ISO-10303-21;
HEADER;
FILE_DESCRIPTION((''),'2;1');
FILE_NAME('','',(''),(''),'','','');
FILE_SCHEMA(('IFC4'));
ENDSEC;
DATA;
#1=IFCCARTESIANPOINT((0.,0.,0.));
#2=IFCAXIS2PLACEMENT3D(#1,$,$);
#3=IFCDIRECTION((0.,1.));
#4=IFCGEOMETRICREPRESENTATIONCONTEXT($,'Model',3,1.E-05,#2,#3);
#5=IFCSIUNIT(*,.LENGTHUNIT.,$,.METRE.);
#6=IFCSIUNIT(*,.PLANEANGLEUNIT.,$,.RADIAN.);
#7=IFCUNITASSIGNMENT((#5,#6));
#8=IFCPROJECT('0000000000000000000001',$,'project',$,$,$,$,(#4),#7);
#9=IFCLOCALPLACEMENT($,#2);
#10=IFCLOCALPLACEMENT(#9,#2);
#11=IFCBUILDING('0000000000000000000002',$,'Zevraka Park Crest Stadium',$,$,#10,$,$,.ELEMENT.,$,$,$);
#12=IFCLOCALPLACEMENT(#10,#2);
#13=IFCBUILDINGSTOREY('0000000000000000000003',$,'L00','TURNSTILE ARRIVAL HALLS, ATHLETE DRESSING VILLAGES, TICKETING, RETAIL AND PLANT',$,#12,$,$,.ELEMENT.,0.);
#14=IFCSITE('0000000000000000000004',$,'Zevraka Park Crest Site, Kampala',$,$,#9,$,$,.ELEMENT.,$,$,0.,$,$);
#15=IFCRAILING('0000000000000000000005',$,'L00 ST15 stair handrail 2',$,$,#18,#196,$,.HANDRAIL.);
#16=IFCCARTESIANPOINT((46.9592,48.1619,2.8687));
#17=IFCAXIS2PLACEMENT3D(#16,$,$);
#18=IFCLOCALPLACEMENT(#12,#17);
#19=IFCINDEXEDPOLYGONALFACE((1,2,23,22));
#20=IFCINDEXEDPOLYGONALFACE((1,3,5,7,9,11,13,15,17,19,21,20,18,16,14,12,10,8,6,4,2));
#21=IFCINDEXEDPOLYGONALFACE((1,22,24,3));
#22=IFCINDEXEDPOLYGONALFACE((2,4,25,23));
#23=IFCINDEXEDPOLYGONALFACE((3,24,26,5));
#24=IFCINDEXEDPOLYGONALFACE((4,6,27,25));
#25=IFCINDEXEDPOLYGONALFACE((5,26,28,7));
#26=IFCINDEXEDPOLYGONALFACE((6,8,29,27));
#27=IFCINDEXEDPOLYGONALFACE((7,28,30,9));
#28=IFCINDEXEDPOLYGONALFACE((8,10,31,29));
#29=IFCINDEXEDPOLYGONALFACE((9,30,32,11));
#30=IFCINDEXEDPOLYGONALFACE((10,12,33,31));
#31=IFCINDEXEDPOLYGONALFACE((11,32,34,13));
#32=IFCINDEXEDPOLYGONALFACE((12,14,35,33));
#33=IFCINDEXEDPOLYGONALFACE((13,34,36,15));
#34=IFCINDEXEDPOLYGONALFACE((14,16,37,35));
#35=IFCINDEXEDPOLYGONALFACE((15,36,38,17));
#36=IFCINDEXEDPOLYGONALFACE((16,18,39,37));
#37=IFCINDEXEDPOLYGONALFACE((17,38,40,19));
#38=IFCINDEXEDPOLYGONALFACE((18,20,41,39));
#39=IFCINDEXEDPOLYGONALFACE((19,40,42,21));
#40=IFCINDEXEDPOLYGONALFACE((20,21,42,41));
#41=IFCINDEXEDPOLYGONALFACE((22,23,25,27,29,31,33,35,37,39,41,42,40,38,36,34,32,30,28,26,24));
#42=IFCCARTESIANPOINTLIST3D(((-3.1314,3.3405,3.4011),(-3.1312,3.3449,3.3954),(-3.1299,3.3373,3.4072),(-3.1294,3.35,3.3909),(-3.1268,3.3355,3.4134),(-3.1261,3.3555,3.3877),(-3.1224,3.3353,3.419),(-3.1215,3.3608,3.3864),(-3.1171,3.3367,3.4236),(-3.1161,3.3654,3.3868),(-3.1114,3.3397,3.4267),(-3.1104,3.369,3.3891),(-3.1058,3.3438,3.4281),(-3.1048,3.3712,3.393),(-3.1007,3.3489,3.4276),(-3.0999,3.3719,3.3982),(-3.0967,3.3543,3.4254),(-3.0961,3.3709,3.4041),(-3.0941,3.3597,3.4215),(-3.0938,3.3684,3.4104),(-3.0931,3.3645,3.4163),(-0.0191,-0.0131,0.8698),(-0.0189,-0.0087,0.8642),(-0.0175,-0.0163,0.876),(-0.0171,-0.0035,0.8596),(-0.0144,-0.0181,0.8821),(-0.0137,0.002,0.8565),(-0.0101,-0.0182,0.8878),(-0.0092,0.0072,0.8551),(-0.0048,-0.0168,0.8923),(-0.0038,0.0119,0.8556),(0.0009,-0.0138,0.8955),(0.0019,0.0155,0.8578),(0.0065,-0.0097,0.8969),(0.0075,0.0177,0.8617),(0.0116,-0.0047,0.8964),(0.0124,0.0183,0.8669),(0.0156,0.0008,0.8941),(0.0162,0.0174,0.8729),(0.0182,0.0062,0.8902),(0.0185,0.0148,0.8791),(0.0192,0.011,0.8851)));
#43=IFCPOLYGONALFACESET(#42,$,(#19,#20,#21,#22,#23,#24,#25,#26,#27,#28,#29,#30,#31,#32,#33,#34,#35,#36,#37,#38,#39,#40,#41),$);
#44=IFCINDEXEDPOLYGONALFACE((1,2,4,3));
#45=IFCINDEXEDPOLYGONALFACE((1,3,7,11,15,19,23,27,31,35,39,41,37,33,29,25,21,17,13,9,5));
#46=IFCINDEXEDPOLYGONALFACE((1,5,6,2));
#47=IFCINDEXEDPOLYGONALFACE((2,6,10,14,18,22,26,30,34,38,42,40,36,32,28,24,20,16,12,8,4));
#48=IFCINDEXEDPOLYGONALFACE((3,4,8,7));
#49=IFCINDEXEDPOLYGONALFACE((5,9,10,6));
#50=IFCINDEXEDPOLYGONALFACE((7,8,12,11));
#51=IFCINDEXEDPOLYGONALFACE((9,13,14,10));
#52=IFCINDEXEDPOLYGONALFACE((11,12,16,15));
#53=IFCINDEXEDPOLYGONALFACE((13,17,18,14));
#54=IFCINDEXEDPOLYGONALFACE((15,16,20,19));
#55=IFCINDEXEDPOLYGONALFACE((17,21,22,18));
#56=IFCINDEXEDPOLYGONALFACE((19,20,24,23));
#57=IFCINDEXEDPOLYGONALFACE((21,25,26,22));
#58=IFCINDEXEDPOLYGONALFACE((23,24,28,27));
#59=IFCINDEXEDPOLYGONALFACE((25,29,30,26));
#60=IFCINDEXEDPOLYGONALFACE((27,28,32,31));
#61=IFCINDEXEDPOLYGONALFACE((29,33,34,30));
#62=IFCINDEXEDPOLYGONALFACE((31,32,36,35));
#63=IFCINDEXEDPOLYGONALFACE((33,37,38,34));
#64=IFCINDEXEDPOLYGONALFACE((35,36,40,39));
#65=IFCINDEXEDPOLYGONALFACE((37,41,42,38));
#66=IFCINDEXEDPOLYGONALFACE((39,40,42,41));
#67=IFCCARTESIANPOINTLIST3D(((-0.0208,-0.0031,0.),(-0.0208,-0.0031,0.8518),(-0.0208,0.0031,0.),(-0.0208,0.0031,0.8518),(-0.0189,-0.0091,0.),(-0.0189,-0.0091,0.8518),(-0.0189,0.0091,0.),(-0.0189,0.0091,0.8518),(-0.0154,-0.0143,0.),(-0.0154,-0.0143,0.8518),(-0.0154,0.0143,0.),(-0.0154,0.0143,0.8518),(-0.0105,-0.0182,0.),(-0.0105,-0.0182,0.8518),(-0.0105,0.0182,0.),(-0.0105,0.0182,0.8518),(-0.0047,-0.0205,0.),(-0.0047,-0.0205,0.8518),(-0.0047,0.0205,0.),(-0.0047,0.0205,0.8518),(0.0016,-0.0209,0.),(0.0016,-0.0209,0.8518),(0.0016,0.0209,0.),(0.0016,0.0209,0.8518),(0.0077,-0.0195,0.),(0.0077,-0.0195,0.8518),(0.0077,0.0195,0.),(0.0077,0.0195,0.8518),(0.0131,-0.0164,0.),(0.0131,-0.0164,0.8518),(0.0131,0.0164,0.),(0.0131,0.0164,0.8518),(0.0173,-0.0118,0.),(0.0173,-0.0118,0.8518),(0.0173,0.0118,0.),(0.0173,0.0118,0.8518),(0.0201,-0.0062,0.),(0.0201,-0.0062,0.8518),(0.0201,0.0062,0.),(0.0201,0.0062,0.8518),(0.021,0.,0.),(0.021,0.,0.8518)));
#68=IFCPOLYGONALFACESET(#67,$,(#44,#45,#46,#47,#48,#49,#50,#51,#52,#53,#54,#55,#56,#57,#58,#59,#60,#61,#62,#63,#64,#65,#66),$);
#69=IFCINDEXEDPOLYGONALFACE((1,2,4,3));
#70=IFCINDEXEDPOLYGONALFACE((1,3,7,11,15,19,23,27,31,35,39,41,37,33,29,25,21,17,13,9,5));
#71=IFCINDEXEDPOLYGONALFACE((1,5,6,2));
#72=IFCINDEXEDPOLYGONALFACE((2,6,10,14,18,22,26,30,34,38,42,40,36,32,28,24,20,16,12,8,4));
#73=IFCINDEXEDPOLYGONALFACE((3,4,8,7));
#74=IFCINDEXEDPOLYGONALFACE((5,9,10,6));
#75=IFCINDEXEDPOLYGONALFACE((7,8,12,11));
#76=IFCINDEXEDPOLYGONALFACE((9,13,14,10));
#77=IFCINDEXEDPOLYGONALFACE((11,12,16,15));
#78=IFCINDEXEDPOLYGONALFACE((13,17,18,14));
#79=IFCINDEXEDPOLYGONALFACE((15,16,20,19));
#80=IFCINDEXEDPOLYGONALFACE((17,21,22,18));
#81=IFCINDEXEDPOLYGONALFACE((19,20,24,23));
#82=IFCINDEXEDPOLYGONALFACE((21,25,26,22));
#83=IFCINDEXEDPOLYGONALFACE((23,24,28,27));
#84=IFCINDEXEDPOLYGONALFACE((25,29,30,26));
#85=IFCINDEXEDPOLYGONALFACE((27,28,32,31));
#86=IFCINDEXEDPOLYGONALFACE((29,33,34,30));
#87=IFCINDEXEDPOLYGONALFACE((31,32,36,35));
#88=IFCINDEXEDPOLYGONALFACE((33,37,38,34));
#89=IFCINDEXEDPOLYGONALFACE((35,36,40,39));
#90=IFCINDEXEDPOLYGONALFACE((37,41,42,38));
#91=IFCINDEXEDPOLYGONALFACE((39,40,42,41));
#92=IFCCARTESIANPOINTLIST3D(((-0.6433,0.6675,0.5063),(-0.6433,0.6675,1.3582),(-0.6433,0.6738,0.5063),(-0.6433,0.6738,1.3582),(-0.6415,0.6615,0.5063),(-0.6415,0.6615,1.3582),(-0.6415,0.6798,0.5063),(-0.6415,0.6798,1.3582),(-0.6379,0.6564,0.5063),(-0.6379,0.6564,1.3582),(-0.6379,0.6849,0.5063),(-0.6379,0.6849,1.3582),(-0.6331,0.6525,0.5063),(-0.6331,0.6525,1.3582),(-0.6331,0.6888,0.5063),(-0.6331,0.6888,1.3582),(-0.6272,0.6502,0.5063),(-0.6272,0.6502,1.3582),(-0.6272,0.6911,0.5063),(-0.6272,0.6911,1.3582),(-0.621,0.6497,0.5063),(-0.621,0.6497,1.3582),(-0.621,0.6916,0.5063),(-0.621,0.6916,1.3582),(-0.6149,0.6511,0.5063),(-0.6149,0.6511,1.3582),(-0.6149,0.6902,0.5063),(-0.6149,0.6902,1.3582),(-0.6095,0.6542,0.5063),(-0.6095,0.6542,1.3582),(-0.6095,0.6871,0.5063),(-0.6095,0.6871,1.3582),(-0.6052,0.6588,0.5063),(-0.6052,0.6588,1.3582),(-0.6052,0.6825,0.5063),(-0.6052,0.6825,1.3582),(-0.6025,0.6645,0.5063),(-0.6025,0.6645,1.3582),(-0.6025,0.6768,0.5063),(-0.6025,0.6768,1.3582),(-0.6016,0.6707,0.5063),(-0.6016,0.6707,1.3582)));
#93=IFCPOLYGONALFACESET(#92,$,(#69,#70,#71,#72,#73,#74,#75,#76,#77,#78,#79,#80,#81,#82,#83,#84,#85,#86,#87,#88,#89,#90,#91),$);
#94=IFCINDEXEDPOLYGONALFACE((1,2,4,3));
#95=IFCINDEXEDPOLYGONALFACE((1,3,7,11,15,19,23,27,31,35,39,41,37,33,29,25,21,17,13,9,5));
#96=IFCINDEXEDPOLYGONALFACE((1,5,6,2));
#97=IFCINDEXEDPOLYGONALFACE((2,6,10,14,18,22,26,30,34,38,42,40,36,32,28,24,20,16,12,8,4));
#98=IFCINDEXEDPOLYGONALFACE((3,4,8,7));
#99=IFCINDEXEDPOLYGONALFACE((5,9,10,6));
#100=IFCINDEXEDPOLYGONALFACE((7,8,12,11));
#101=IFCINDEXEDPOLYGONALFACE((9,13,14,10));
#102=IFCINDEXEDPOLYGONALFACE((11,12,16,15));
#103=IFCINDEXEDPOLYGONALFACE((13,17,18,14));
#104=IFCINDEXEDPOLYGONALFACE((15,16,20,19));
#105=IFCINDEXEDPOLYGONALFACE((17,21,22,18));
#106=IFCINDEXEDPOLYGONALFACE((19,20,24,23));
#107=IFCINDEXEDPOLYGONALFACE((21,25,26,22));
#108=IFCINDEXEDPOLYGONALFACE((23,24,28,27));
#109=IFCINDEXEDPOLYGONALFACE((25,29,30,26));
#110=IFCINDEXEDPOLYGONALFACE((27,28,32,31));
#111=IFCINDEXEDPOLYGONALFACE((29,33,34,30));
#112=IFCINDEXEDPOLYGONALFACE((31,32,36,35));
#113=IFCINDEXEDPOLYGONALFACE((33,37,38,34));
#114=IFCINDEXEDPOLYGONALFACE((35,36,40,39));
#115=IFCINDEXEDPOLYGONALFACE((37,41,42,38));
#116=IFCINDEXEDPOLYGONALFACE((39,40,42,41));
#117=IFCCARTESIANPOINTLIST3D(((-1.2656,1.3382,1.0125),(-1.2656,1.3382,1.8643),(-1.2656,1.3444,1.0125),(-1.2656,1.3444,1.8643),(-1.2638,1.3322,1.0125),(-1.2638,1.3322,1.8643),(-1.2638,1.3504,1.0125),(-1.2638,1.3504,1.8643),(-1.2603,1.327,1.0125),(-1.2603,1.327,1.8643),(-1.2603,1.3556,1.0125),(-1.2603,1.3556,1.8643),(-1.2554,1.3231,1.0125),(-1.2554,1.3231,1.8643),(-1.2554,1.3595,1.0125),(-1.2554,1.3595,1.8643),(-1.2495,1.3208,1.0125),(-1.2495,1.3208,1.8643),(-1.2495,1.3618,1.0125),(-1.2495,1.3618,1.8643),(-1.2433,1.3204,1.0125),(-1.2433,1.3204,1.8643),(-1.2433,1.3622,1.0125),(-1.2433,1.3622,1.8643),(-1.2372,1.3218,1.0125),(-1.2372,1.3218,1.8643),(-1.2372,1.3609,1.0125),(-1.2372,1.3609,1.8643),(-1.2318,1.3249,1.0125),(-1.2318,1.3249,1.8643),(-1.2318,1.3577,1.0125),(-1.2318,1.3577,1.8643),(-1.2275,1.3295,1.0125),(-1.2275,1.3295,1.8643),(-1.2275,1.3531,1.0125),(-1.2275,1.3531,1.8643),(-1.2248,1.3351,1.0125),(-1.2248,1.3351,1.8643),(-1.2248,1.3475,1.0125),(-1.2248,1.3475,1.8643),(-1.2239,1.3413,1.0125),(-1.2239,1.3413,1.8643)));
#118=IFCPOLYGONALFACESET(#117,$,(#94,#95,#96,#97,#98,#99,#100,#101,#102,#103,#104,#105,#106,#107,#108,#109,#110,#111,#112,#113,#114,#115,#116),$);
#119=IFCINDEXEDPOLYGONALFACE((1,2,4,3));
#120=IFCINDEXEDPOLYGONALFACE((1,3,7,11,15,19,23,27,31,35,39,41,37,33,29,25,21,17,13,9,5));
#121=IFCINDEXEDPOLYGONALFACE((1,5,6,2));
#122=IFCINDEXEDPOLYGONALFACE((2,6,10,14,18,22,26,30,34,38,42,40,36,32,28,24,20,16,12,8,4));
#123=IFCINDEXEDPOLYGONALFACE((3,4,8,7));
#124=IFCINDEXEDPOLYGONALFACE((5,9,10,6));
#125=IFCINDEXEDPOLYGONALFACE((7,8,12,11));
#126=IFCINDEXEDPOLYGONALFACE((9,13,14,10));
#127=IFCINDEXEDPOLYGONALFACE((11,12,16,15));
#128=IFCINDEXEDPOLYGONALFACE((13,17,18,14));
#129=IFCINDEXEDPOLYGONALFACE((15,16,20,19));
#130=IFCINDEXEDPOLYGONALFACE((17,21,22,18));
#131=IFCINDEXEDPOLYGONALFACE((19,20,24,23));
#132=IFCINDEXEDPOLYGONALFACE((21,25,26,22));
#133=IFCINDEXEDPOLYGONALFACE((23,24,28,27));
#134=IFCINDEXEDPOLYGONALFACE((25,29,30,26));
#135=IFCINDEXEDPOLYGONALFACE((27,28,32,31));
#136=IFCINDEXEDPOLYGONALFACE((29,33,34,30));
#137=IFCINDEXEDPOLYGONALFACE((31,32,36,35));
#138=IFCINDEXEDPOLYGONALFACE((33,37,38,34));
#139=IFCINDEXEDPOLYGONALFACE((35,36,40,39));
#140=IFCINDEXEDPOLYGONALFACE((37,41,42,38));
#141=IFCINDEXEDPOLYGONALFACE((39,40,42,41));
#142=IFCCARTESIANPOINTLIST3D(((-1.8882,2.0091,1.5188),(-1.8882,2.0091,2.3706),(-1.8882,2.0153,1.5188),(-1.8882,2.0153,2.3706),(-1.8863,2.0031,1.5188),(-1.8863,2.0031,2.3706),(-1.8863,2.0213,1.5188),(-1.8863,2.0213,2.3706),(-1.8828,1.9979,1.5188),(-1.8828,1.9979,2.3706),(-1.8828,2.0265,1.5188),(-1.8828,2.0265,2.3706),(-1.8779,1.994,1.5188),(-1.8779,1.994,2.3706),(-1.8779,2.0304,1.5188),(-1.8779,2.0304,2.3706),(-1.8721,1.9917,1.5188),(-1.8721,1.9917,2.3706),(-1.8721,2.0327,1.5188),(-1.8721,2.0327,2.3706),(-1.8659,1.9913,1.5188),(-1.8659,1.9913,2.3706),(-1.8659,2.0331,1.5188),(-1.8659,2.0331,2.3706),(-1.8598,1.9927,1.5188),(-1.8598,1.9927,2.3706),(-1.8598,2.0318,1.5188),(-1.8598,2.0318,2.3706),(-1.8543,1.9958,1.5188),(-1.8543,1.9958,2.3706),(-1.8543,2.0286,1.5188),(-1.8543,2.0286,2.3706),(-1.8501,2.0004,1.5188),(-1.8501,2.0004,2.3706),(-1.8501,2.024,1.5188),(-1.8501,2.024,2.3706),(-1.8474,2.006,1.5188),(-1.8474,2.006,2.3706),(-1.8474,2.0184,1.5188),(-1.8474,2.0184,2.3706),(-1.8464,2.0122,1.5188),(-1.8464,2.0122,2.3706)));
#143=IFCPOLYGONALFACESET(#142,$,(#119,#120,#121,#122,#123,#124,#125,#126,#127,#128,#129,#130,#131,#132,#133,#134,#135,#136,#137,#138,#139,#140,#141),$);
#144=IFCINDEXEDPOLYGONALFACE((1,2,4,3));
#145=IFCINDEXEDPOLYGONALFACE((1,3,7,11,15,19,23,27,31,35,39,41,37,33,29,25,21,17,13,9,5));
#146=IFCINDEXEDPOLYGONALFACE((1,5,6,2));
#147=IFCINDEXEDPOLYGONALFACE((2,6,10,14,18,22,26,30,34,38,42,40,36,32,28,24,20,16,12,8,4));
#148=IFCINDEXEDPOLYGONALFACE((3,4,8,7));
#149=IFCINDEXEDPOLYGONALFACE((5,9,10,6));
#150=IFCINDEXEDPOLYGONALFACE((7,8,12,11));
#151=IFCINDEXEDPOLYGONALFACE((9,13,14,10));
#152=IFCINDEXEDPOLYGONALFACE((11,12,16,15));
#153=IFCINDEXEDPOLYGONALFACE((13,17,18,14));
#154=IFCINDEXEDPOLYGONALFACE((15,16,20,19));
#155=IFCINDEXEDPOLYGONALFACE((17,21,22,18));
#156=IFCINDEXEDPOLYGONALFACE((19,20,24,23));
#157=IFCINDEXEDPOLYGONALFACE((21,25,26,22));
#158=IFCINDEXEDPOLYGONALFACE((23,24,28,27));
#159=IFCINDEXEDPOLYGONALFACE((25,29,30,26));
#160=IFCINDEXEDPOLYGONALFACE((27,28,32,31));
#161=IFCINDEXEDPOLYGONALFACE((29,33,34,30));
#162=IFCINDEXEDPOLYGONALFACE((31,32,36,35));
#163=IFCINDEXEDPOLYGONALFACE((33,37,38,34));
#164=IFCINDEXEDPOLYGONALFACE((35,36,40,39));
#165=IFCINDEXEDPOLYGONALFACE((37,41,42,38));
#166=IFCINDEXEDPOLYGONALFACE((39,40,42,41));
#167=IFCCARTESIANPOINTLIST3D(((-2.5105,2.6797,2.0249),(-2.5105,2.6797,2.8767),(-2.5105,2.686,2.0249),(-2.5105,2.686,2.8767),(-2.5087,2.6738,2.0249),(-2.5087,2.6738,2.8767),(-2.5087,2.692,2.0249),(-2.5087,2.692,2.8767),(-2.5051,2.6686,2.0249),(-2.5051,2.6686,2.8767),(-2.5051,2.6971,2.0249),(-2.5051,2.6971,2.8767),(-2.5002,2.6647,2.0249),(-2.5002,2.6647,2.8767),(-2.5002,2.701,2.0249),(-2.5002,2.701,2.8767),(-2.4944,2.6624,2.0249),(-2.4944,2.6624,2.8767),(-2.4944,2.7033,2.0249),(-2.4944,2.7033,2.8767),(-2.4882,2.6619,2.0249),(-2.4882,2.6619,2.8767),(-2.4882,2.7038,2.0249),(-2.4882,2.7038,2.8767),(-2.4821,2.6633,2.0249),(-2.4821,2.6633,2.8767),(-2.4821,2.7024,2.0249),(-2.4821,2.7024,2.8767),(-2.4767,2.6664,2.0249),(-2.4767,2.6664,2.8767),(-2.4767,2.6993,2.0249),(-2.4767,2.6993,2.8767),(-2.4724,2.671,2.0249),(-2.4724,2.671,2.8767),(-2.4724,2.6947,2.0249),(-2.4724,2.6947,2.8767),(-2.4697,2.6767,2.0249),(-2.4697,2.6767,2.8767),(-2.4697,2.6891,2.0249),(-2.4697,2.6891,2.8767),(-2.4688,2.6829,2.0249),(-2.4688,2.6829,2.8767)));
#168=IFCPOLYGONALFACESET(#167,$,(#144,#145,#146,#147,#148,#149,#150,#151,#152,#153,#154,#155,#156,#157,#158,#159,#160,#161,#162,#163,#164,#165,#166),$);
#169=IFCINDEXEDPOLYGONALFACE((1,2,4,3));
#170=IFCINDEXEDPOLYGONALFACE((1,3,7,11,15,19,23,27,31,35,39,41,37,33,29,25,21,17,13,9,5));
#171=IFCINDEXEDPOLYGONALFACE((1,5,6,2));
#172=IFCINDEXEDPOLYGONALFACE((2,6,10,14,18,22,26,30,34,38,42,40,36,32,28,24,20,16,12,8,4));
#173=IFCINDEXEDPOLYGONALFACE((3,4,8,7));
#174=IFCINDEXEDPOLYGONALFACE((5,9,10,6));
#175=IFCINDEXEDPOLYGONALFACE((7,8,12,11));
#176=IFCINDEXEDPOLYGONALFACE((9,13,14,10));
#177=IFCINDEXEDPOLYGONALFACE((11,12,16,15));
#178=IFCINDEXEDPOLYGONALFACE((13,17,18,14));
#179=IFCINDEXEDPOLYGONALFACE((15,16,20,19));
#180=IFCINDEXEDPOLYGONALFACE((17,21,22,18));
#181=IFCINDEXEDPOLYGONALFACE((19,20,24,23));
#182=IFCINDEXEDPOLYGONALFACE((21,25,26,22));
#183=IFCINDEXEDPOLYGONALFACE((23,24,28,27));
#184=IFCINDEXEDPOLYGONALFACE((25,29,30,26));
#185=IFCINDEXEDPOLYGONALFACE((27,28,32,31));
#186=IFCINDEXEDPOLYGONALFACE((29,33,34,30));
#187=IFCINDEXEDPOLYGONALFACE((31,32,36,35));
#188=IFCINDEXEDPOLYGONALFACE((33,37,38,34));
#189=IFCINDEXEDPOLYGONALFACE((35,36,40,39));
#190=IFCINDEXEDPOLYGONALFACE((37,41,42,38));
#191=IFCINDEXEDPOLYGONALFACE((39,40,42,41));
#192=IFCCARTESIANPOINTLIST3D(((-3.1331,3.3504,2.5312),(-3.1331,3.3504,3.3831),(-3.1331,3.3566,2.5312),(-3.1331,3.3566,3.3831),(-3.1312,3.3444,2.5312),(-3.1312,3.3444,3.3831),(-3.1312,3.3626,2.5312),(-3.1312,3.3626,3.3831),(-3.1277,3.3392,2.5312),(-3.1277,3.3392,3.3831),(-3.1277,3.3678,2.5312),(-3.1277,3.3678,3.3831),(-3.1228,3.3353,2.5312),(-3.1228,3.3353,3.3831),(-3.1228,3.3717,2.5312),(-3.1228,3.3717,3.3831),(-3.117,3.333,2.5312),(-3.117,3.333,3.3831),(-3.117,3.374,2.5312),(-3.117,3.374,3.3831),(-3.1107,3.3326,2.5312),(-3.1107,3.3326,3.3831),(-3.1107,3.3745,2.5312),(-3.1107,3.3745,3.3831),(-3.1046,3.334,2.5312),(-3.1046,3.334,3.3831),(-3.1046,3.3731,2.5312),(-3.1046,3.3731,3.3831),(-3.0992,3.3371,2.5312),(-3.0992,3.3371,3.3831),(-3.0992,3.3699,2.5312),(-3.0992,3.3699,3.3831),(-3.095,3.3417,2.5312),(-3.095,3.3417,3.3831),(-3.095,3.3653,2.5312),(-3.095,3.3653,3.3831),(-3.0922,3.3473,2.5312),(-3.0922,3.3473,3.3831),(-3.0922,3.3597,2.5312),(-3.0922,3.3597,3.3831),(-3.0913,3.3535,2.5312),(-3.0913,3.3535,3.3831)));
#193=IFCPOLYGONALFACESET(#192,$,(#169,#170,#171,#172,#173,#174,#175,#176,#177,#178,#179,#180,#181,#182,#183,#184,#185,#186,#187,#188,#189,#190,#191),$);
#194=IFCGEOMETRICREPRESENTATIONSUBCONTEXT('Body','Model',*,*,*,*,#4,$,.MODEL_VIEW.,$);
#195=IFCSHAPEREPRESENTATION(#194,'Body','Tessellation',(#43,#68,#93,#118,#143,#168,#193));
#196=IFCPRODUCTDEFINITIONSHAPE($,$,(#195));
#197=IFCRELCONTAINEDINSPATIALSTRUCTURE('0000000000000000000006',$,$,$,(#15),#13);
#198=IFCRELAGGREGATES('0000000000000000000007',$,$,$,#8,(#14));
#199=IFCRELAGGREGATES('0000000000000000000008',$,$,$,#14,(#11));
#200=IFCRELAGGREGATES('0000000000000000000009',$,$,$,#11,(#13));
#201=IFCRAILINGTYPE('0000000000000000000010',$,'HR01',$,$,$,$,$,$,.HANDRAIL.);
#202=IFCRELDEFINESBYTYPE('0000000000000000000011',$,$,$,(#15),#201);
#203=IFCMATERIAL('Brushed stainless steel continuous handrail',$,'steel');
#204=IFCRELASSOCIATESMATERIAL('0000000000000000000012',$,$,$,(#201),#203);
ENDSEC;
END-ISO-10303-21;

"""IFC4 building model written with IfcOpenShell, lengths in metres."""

from ifc_helpers import new_model, si_unit, direction, frame, origin, origin_2d, place, context, subcontext, project, spatial, circle, extrude, material, type_object, element, save


model = new_model("IFC4")

# Units and contexts
model_context = context("Model", 3, precision=1e-05, world=origin(), true_north=direction((0.0, 1.0)))
body_context = subcontext(model_context, "Body", "Model", "MODEL_VIEW")
ifc_project = project(units=[si_unit("LENGTHUNIT", "METRE"), si_unit("PLANEANGLEUNIT", "RADIAN")], contexts=[model_context])

# Site, building, storey
site_placement = place(None, origin())
site = spatial("IfcSite", under=ifc_project, at=site_placement, Name="Zevraka Park Crest Site, Kampala", CompositionType="ELEMENT", RefElevation=0.0)
building_placement = place(site_placement, origin())
building = spatial("IfcBuilding", under=site, at=building_placement, Name="Zevraka Park Crest Stadium", CompositionType="ELEMENT")
storey_placement = place(building_placement, origin())
storey = spatial("IfcBuildingStorey", under=building, at=storey_placement, Name="L00", Description="TURNSTILE ARRIVAL HALLS, ATHLETE DRESSING VILLAGES, TICKETING, RETAIL AND PLANT", CompositionType="ELEMENT", Elevation=0.0)

# Railing
ifc_material_1 = material(Name="Brushed stainless steel continuous handrail", Category="steel")
railing_type_1 = type_object("IfcRailingType", Name="HR01", PredefinedType="HANDRAIL", material=ifc_material_1)
railing_1_placement = place(storey_placement, frame((46.9592, 48.1619, 2.8687)))
element("IfcRailing", 1, at=railing_1_placement, inside=storey, type_object=railing_type_1, Name="L00 ST15 stair handrail 2", PredefinedType="HANDRAIL", context=body_context, shape_type="SweptSolid", body=[
    extrude(circle(Radius=0.0239, at=origin_2d()), frame((0.0, 0.0, 0.876), z_axis=(-0.59523, 0.641362, 0.484103), x_axis=(-0.732976, -0.680255, 0.0)), (0.0, 0.0, 1.0), 5.2288),
    extrude(circle(Radius=0.021, at=origin_2d()), origin(), (0.0, 0.0, 1.0), 0.8518),
    extrude(circle(Radius=0.021, at=origin_2d()), frame((-0.6226, 0.6707, 0.5063)), (0.0, 0.0, 1.0), 0.8518),
    extrude(circle(Radius=0.021, at=origin_2d()), frame((-1.2449, 1.3413, 1.0125)), (0.0, 0.0, 1.0), 0.8518),
    extrude(circle(Radius=0.021, at=origin_2d()), frame((-1.8674, 2.0122, 1.5188)), (0.0, 0.0, 1.0), 0.8518),
    extrude(circle(Radius=0.021, at=origin_2d()), frame((-2.4897, 2.6829, 2.0249)), (0.0, 0.0, 1.0), 0.8518),
    extrude(circle(Radius=0.021, at=origin_2d()), frame((-3.1123, 3.3535, 2.5312)), (0.0, 0.0, 1.0), 0.8518),
])

save(model, "model.ifc")
